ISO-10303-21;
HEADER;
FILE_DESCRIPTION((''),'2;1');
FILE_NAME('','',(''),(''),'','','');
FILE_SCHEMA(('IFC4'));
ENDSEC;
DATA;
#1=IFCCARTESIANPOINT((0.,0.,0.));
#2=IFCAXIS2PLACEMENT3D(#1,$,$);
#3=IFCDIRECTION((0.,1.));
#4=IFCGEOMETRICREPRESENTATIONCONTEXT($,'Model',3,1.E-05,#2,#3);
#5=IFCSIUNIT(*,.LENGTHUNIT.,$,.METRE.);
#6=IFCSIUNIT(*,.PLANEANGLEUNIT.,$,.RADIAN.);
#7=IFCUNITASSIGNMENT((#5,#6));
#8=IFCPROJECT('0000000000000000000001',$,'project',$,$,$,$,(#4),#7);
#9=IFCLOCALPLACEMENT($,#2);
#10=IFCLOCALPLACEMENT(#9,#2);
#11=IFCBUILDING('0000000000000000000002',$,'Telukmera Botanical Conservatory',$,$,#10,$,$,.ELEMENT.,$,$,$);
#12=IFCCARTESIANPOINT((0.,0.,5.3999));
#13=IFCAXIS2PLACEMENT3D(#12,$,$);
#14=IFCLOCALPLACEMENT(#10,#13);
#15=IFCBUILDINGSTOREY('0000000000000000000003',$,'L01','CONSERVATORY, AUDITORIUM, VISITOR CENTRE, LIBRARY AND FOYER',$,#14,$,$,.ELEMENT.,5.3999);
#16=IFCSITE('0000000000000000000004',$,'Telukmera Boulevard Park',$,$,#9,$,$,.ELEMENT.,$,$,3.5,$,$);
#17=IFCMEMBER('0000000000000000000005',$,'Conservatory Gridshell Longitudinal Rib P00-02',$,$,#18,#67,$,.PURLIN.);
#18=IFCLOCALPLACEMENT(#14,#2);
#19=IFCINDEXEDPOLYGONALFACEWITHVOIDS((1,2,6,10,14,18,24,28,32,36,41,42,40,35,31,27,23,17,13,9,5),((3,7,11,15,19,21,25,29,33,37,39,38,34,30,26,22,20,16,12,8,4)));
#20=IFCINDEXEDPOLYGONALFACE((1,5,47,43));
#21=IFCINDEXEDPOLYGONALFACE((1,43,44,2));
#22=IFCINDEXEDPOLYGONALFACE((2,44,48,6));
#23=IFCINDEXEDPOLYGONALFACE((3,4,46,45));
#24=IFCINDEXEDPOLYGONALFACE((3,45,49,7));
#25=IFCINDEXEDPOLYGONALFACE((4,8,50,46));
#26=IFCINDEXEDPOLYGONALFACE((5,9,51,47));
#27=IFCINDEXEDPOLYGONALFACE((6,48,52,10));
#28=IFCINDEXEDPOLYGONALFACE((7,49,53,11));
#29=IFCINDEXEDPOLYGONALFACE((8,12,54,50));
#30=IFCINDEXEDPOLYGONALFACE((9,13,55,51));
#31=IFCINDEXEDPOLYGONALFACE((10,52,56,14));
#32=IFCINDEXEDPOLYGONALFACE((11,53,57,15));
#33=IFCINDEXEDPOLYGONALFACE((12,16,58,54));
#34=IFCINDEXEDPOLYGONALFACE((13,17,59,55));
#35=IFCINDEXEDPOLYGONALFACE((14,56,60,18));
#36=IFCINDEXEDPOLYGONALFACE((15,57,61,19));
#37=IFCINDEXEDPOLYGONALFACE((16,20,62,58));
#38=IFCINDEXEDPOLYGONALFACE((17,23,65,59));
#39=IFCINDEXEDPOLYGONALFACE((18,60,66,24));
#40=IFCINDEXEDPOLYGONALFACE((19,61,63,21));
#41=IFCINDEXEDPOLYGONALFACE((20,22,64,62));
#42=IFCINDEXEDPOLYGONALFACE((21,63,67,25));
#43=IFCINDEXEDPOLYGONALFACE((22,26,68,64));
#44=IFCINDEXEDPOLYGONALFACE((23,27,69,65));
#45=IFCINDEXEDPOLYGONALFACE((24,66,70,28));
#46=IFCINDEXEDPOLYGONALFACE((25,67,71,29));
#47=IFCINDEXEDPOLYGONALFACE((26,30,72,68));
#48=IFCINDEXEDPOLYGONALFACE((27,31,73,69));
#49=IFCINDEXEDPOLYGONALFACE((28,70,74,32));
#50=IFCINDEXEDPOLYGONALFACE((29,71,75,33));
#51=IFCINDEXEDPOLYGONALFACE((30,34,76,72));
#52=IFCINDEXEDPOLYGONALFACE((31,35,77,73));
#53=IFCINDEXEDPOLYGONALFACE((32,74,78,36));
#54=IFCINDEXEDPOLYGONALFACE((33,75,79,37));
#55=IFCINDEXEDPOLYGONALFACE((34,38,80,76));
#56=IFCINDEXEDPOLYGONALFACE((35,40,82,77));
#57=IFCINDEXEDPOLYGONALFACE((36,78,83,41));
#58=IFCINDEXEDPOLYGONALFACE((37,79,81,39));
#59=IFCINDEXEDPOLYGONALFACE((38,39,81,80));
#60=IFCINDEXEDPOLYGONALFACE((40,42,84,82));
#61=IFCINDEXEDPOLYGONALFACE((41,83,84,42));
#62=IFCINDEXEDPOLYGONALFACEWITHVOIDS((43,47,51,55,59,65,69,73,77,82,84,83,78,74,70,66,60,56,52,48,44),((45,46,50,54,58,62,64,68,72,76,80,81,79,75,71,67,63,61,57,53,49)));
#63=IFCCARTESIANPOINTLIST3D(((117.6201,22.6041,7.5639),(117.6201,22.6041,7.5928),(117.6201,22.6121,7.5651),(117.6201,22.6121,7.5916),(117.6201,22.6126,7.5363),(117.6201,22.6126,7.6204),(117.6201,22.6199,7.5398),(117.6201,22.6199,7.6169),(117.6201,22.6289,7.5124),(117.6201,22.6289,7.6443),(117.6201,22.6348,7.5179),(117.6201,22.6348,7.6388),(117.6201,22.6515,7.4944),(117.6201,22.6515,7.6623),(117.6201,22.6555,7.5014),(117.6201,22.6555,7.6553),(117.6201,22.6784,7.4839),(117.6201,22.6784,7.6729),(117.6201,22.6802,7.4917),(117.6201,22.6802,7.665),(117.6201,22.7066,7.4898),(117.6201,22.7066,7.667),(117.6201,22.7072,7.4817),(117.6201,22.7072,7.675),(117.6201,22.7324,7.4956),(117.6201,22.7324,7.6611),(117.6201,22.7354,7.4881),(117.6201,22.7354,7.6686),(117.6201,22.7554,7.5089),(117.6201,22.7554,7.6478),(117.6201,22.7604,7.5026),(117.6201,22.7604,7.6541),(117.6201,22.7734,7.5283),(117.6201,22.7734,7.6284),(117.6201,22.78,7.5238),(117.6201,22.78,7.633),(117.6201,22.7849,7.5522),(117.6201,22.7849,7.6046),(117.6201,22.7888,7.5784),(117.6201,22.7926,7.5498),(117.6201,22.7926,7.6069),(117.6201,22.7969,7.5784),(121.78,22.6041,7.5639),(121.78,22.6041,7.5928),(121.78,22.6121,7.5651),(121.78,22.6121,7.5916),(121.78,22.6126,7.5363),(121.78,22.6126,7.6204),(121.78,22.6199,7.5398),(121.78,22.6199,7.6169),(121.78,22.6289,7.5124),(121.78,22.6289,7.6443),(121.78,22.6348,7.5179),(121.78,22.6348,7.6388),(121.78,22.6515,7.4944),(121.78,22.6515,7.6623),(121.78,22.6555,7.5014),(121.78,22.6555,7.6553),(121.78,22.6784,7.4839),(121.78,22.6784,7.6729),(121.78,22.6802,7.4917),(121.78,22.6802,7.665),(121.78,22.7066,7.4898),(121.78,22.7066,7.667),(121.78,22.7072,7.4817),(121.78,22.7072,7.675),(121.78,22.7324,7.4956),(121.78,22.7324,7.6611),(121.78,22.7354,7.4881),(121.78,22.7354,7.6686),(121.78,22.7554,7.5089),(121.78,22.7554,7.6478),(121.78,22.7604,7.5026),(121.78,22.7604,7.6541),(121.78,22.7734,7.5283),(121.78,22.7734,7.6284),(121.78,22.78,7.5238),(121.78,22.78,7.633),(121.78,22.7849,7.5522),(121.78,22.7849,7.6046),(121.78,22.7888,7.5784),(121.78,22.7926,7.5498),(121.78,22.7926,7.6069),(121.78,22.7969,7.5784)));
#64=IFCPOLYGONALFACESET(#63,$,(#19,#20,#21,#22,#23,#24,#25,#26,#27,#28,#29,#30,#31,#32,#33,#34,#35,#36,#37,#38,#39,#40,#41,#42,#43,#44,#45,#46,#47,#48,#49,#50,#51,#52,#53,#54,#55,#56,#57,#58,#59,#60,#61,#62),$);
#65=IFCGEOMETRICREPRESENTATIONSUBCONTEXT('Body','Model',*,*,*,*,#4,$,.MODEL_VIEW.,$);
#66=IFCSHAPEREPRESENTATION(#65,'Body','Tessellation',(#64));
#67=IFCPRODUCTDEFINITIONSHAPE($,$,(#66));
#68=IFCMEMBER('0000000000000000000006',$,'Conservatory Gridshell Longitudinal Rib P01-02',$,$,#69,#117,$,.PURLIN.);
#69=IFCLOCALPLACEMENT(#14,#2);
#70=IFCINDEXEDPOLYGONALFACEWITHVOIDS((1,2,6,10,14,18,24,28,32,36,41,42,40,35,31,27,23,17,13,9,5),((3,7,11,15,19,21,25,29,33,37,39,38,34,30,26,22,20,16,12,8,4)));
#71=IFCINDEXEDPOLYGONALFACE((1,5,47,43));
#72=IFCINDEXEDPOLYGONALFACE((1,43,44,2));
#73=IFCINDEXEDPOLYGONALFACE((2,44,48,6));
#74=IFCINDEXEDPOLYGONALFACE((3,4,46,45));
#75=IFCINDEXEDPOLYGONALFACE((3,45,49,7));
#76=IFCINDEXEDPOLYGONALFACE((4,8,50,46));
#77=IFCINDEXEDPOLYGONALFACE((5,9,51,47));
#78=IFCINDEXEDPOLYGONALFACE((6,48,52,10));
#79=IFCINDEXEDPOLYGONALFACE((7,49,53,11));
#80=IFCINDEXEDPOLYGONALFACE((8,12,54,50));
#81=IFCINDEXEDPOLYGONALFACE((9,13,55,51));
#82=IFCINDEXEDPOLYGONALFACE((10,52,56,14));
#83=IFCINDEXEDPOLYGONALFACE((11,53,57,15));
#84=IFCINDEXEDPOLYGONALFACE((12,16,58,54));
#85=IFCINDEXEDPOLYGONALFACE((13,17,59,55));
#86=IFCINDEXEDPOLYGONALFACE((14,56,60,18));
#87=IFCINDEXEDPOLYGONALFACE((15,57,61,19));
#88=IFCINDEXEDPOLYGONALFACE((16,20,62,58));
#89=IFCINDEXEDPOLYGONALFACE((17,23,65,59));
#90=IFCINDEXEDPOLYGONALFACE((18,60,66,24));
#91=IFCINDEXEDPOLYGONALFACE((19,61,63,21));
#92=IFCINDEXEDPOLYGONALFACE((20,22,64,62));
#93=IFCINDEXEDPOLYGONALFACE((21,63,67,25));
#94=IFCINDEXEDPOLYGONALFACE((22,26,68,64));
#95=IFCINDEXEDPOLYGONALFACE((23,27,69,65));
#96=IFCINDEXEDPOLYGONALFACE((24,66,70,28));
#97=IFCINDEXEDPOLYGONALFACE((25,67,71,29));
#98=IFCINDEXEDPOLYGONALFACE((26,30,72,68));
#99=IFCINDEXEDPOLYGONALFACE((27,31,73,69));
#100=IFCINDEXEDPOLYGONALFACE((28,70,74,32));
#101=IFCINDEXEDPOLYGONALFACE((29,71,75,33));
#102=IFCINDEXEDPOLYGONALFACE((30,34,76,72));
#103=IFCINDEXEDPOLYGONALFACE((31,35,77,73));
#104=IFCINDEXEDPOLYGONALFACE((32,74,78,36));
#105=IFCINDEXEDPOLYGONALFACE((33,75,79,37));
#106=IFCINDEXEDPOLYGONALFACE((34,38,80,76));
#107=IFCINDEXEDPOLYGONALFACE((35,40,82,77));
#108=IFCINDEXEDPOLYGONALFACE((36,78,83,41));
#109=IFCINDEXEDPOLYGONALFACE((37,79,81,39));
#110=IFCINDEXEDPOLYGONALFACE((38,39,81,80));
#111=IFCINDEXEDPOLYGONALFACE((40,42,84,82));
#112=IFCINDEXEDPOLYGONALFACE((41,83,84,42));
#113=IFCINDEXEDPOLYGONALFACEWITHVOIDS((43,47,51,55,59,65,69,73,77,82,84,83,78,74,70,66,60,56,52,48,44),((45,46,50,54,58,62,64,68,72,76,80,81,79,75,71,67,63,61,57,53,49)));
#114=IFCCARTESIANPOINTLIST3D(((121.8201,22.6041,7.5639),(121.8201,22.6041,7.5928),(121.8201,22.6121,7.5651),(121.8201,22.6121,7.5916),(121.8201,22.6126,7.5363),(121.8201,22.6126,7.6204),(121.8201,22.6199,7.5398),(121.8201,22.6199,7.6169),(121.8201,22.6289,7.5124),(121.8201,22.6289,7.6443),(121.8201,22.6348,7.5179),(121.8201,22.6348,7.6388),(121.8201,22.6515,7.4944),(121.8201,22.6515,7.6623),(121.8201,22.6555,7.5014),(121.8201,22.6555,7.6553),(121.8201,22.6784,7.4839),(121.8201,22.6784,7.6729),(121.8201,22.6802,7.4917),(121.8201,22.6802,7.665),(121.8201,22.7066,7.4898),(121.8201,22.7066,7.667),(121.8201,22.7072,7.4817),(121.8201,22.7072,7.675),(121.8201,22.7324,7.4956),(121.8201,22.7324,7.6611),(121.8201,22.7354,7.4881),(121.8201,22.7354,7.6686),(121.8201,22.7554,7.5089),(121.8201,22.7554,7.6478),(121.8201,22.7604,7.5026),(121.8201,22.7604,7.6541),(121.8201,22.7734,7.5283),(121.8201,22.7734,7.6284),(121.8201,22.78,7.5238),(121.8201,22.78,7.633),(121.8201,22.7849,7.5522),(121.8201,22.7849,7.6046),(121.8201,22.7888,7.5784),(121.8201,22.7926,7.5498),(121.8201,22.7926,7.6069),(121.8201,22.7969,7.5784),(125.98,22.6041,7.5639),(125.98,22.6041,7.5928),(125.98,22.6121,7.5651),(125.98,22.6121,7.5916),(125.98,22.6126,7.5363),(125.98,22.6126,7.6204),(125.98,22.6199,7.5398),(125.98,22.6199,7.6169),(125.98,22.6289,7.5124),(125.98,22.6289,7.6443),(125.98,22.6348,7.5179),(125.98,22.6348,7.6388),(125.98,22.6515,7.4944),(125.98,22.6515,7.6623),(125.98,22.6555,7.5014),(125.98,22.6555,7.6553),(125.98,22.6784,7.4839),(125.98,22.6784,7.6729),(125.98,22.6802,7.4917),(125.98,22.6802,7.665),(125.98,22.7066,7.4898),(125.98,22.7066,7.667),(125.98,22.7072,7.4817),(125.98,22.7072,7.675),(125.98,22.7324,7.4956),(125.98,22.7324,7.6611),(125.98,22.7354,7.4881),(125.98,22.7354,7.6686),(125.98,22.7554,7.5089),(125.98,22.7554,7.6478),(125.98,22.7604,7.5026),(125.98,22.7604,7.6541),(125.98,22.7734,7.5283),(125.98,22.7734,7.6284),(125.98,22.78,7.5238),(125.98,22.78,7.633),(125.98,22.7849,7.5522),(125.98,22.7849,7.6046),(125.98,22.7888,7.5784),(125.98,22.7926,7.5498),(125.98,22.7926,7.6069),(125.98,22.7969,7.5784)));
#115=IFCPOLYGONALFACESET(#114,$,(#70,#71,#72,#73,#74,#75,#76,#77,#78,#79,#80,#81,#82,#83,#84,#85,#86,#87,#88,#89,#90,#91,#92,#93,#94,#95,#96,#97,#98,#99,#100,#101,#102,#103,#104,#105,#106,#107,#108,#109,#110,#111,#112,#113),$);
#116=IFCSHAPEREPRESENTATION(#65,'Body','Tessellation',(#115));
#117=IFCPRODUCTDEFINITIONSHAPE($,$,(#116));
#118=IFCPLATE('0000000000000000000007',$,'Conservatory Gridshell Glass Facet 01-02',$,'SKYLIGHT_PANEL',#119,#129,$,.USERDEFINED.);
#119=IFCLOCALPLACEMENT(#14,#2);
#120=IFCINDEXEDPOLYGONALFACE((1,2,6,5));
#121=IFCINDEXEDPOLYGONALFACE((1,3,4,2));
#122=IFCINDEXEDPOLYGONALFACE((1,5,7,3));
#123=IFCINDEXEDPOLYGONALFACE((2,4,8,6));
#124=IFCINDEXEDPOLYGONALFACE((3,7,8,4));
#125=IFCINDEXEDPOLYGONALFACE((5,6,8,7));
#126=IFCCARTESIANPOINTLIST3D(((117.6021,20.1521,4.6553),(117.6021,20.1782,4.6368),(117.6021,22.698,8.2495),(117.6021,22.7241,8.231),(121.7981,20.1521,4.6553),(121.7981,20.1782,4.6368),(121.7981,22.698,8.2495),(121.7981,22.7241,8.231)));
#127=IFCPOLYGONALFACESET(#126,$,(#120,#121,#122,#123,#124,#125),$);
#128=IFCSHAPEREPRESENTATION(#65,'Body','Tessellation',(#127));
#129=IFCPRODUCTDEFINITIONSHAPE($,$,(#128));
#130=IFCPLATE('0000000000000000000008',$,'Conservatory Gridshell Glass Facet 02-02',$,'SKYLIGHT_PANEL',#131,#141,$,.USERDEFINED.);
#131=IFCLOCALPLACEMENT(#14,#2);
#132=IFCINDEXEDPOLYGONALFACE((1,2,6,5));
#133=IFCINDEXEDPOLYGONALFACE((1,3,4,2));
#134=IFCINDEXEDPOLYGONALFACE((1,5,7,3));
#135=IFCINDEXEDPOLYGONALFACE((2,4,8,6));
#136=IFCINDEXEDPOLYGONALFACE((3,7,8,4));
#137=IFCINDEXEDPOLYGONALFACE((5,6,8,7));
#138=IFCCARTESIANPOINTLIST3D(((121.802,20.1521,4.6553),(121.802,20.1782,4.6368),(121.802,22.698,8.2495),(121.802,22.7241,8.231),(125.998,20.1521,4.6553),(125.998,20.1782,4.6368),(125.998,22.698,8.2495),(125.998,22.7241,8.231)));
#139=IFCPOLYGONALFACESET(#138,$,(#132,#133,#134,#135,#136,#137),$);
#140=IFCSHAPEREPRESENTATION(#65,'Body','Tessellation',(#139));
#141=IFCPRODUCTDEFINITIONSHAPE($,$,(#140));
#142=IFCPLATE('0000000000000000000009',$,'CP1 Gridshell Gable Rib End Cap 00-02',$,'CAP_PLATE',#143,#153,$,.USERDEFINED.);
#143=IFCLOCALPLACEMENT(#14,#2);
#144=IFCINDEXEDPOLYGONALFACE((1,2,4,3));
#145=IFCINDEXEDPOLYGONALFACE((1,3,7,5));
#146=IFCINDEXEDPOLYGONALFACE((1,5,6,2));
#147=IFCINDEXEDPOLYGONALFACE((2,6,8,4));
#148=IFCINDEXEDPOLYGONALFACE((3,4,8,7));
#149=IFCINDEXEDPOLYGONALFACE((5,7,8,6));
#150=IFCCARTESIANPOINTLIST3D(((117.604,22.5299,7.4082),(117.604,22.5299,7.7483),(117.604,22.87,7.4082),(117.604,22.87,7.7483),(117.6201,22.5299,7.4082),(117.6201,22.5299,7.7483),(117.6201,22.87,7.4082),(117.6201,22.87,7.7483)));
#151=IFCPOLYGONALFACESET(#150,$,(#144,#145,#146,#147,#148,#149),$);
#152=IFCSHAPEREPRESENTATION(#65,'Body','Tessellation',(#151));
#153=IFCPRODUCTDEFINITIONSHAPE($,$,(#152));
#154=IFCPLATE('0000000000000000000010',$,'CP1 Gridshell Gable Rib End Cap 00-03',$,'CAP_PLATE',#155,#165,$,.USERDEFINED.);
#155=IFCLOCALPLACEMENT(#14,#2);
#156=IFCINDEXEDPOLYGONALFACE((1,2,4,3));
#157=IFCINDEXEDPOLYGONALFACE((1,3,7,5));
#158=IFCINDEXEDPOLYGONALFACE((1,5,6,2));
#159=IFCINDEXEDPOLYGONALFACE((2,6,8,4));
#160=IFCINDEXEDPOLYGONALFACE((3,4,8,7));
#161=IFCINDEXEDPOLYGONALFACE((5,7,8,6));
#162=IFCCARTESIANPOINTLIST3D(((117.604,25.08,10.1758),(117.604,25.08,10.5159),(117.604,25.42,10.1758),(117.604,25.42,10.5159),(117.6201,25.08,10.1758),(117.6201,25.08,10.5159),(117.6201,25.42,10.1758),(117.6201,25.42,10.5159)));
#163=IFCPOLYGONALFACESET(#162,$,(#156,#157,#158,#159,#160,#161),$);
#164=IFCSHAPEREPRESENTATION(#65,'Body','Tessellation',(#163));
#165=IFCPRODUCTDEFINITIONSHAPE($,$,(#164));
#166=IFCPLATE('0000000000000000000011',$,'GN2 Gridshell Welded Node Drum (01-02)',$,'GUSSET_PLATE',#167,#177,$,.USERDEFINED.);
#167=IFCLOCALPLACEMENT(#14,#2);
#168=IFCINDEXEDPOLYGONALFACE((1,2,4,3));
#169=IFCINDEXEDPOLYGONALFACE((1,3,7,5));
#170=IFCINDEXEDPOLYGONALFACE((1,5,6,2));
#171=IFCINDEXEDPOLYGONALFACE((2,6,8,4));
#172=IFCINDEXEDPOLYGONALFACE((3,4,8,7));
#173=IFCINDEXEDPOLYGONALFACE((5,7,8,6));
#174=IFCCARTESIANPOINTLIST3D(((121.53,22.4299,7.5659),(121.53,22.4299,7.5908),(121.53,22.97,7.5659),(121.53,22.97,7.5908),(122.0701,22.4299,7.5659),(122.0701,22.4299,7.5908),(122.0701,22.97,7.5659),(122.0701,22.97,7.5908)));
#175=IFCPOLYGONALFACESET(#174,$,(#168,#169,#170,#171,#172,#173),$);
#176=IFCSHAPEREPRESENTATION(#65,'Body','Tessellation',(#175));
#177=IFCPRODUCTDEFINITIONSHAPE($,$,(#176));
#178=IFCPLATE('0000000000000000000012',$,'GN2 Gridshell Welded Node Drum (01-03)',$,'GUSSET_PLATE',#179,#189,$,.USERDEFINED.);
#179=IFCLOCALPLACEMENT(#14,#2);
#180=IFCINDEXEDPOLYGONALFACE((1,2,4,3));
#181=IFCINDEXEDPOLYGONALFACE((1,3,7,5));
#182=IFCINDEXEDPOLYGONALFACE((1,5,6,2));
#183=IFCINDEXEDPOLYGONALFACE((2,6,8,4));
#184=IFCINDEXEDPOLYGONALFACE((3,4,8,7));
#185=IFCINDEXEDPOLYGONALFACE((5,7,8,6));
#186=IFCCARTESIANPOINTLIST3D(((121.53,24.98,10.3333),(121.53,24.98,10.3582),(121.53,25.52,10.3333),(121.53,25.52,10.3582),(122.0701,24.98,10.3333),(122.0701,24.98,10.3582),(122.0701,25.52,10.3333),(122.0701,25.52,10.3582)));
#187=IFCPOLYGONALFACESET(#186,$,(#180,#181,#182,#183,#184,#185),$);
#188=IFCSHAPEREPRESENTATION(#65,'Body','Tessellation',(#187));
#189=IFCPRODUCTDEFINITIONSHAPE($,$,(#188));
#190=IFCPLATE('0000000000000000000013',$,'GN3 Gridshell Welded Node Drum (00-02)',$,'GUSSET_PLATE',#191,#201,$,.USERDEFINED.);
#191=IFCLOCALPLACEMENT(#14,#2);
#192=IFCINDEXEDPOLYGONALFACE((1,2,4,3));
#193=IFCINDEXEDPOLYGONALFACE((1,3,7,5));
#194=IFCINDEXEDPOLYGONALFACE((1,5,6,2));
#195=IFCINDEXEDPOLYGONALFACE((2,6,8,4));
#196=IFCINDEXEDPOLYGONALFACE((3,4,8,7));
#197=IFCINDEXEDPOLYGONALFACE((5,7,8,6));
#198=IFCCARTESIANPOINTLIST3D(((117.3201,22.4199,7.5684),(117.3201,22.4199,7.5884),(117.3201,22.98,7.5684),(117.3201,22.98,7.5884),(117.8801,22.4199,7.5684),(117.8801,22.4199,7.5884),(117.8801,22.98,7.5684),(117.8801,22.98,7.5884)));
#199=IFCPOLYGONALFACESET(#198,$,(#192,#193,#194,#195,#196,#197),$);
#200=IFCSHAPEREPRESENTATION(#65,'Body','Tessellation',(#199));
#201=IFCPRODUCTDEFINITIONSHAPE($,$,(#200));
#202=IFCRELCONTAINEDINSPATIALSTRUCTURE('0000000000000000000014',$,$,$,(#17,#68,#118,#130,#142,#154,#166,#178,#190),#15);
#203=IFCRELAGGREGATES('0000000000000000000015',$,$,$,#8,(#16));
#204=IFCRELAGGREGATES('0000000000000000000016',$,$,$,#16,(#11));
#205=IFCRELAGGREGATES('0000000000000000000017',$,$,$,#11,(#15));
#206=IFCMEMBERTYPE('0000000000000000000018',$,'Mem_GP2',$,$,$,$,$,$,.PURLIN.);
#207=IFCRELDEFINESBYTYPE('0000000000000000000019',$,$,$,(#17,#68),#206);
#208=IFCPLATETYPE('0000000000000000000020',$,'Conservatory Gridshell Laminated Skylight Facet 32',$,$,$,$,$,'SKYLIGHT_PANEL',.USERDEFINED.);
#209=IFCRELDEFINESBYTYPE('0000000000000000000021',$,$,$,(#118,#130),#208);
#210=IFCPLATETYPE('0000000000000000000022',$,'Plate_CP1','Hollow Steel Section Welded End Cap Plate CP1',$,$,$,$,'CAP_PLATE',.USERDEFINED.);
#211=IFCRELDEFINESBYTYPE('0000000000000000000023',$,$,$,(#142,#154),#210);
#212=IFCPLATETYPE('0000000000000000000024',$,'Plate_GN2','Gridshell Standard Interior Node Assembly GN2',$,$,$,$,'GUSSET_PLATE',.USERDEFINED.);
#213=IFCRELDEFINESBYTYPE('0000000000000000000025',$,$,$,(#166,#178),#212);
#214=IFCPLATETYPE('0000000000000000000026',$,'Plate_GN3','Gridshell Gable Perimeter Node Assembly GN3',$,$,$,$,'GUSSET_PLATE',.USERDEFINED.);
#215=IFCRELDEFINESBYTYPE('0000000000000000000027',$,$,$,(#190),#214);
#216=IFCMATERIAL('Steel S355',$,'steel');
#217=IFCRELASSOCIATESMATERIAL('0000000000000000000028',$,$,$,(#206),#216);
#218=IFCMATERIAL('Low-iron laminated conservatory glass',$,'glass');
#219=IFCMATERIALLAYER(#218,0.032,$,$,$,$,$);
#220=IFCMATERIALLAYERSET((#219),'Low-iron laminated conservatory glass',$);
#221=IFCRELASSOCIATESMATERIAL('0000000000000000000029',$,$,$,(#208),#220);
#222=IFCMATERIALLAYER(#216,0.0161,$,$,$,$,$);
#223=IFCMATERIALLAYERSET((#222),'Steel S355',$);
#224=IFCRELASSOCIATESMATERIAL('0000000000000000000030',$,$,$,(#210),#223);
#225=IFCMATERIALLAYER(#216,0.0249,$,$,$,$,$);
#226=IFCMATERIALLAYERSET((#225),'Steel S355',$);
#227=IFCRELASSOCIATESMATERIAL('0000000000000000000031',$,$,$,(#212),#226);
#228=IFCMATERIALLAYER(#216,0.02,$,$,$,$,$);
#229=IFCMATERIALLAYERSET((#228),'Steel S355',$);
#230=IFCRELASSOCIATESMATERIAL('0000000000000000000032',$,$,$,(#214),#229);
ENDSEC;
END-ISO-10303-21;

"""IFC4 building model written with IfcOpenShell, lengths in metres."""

from ifc_helpers import new_model, si_unit, direction, frame, origin, origin_2d, place, context, subcontext, project, spatial, polyline, rectangle, hollow_circle, outline, extrude, material, layer, layer_set, material_profile, profile_set, type_object, element, save


model = new_model("IFC4")

# Units and contexts
model_context = context("Model", 3, precision=1e-05, world=origin(), true_north=direction((0.0, 1.0)))
body_context = subcontext(model_context, "Body", "Model", "MODEL_VIEW")
ifc_project = project(units=[si_unit("LENGTHUNIT", "METRE"), si_unit("PLANEANGLEUNIT", "RADIAN")], contexts=[model_context])

# Site, building, storey
site_placement = place(None, origin())
site = spatial("IfcSite", under=ifc_project, at=site_placement, Name="Telukmera Boulevard Park", CompositionType="ELEMENT", RefElevation=3.5)
building_placement = place(site_placement, origin())
building = spatial("IfcBuilding", under=site, at=building_placement, Name="Telukmera Botanical Conservatory", CompositionType="ELEMENT")
storey_placement = place(building_placement, frame((0.0, 0.0, 5.3999)))
storey = spatial("IfcBuildingStorey", under=building, at=storey_placement, Name="L01", Description="CONSERVATORY, AUDITORIUM, VISITOR CENTRE, LIBRARY AND FOYER", CompositionType="ELEMENT", Elevation=5.3999)

# Shared definitions
ifc_material_1 = material(Name="Steel S355", Category="steel")

# Members
ifc_material_profile_1 = material_profile(ifc_material_1, hollow_circle(Radius=0.0969, WallThickness=0.0081, at=origin_2d()), Name="CHS 193.7x8.0")
ifc_profile_set_1 = profile_set([ifc_material_profile_1], Name="Steel S355")
member_type_1 = type_object("IfcMemberType", Name="Mem_GP2", PredefinedType="PURLIN", material=ifc_profile_set_1)
for number, where, z_axis, x_axis, name in (
    (1, (117.6201, 22.7, 7.5784), (1.0, 0.0, 0.0), (0.0, 1.0, 0.0), "Conservatory Gridshell Longitudinal Rib P00-02"),
    (2, (121.8201, 22.7, 7.5784), (1.0, 0.0, 0.0), (0.0, 1.0, 0.0), "Conservatory Gridshell Longitudinal Rib P01-02"),
):
    element("IfcMember", number, at=place(storey_placement, frame(where, z_axis=z_axis, x_axis=x_axis)), inside=storey, type_object=member_type_1, Name=name, PredefinedType="PURLIN", context=body_context, shape_type="SweptSolid", body=[
        extrude(hollow_circle(Radius=0.0969, WallThickness=0.0081, at=origin_2d()), origin(), (0.0, 0.0, 1.0), 4.1599),
    ])

# Plates
ifc_material_2 = material(Name="Low-iron laminated conservatory glass", Category="glass")
ifc_layer_1 = layer(ifc_material_2, 0.032)
ifc_layer_set_1 = layer_set([ifc_layer_1], Name="Low-iron laminated conservatory glass")
plate_type_1 = type_object("IfcPlateType", Name="Conservatory Gridshell Laminated Skylight Facet 32", ElementType="SKYLIGHT_PANEL", PredefinedType="USERDEFINED", material=ifc_layer_set_1)
for number, where, z_axis, x_axis, name in (
    (3, (117.6021, 20.1521, 4.6553), (0.0, -0.816027, 0.578014), (1.0, 0.0, 0.0), "Conservatory Gridshell Glass Facet 01-02"),
    (4, (121.802, 20.1521, 4.6553), (0.0, -0.816027, 0.578014), (1.0, 0.0, 0.0), "Conservatory Gridshell Glass Facet 02-02"),
):
    element("IfcPlate", number, at=place(storey_placement, frame(where, z_axis=z_axis, x_axis=x_axis)), inside=storey, type_object=plate_type_1, Name=name, ObjectType="SKYLIGHT_PANEL", PredefinedType="USERDEFINED", context=body_context, shape_type="SweptSolid", body=[
        extrude(outline(polyline([(0.0, 0.0), (4.196, 0.0), (4.196, 4.4046), (0.0, 4.4046), (0.0, 0.0)])), origin(), (0.0, 0.0, -1.0), 0.032),
    ])
ifc_layer_2 = layer(ifc_material_1, 0.0161)
ifc_layer_set_2 = layer_set([ifc_layer_2], Name="Steel S355")
plate_type_2 = type_object("IfcPlateType", Name="Plate_CP1", Description="Hollow Steel Section Welded End Cap Plate CP1", ElementType="CAP_PLATE", PredefinedType="USERDEFINED", material=ifc_layer_set_2)
for number, where, z_axis, x_axis, name in (
    (5, (117.6121, 22.7, 7.4082), (0.0, 0.0, 1.0), (1.0, 0.0, 0.0), "CP1 Gridshell Gable Rib End Cap 00-02"),
    (6, (117.6121, 25.25, 10.1758), (0.0, 0.0, 1.0), (1.0, 0.0, 0.0), "CP1 Gridshell Gable Rib End Cap 00-03"),
):
    element("IfcPlate", number, at=place(storey_placement, frame(where, z_axis=z_axis, x_axis=x_axis)), inside=storey, type_object=plate_type_2, Name=name, ObjectType="CAP_PLATE", PredefinedType="USERDEFINED", context=body_context, shape_type="SweptSolid", body=[
        extrude(rectangle(XDim=0.0161, YDim=0.3401, at=origin_2d()), origin(), (0.0, 0.0, 1.0), 0.3401),
    ])
ifc_layer_3 = layer(ifc_material_1, 0.0249)
ifc_layer_set_3 = layer_set([ifc_layer_3], Name="Steel S355")
plate_type_3 = type_object("IfcPlateType", Name="Plate_GN2", Description="Gridshell Standard Interior Node Assembly GN2", ElementType="GUSSET_PLATE", PredefinedType="USERDEFINED", material=ifc_layer_set_3)
for number, where, z_axis, x_axis, name in (
    (7, (121.8, 22.7, 7.5659), (0.0, 0.0, 1.0), (1.0, 0.0, 0.0), "GN2 Gridshell Welded Node Drum (01-02)"),
    (8, (121.8, 25.25, 10.3333), (0.0, 0.0, 1.0), (1.0, 0.0, 0.0), "GN2 Gridshell Welded Node Drum (01-03)"),
):
    element("IfcPlate", number, at=place(storey_placement, frame(where, z_axis=z_axis, x_axis=x_axis)), inside=storey, type_object=plate_type_3, Name=name, ObjectType="GUSSET_PLATE", PredefinedType="USERDEFINED", context=body_context, shape_type="SweptSolid", body=[
        extrude(rectangle(XDim=0.54, YDim=0.54, at=origin_2d()), origin(), (0.0, 0.0, 1.0), 0.0249),
    ])
ifc_layer_4 = layer(ifc_material_1, 0.02)
ifc_layer_set_4 = layer_set([ifc_layer_4], Name="Steel S355")
plate_type_4 = type_object("IfcPlateType", Name="Plate_GN3", Description="Gridshell Gable Perimeter Node Assembly GN3", ElementType="GUSSET_PLATE", PredefinedType="USERDEFINED", material=ifc_layer_set_4)
for number, where, z_axis, x_axis, name in (
    (9, (117.6001, 22.7, 7.5684), (0.0, 0.0, 1.0), (1.0, 0.0, 0.0), "GN3 Gridshell Welded Node Drum (00-02)"),
):
    element("IfcPlate", number, at=place(storey_placement, frame(where, z_axis=z_axis, x_axis=x_axis)), inside=storey, type_object=plate_type_4, Name=name, ObjectType="GUSSET_PLATE", PredefinedType="USERDEFINED", context=body_context, shape_type="SweptSolid", body=[
        extrude(rectangle(XDim=0.5601, YDim=0.5601, at=origin_2d()), origin(), (0.0, 0.0, 1.0), 0.02),
    ])

save(model, "model.ifc")
